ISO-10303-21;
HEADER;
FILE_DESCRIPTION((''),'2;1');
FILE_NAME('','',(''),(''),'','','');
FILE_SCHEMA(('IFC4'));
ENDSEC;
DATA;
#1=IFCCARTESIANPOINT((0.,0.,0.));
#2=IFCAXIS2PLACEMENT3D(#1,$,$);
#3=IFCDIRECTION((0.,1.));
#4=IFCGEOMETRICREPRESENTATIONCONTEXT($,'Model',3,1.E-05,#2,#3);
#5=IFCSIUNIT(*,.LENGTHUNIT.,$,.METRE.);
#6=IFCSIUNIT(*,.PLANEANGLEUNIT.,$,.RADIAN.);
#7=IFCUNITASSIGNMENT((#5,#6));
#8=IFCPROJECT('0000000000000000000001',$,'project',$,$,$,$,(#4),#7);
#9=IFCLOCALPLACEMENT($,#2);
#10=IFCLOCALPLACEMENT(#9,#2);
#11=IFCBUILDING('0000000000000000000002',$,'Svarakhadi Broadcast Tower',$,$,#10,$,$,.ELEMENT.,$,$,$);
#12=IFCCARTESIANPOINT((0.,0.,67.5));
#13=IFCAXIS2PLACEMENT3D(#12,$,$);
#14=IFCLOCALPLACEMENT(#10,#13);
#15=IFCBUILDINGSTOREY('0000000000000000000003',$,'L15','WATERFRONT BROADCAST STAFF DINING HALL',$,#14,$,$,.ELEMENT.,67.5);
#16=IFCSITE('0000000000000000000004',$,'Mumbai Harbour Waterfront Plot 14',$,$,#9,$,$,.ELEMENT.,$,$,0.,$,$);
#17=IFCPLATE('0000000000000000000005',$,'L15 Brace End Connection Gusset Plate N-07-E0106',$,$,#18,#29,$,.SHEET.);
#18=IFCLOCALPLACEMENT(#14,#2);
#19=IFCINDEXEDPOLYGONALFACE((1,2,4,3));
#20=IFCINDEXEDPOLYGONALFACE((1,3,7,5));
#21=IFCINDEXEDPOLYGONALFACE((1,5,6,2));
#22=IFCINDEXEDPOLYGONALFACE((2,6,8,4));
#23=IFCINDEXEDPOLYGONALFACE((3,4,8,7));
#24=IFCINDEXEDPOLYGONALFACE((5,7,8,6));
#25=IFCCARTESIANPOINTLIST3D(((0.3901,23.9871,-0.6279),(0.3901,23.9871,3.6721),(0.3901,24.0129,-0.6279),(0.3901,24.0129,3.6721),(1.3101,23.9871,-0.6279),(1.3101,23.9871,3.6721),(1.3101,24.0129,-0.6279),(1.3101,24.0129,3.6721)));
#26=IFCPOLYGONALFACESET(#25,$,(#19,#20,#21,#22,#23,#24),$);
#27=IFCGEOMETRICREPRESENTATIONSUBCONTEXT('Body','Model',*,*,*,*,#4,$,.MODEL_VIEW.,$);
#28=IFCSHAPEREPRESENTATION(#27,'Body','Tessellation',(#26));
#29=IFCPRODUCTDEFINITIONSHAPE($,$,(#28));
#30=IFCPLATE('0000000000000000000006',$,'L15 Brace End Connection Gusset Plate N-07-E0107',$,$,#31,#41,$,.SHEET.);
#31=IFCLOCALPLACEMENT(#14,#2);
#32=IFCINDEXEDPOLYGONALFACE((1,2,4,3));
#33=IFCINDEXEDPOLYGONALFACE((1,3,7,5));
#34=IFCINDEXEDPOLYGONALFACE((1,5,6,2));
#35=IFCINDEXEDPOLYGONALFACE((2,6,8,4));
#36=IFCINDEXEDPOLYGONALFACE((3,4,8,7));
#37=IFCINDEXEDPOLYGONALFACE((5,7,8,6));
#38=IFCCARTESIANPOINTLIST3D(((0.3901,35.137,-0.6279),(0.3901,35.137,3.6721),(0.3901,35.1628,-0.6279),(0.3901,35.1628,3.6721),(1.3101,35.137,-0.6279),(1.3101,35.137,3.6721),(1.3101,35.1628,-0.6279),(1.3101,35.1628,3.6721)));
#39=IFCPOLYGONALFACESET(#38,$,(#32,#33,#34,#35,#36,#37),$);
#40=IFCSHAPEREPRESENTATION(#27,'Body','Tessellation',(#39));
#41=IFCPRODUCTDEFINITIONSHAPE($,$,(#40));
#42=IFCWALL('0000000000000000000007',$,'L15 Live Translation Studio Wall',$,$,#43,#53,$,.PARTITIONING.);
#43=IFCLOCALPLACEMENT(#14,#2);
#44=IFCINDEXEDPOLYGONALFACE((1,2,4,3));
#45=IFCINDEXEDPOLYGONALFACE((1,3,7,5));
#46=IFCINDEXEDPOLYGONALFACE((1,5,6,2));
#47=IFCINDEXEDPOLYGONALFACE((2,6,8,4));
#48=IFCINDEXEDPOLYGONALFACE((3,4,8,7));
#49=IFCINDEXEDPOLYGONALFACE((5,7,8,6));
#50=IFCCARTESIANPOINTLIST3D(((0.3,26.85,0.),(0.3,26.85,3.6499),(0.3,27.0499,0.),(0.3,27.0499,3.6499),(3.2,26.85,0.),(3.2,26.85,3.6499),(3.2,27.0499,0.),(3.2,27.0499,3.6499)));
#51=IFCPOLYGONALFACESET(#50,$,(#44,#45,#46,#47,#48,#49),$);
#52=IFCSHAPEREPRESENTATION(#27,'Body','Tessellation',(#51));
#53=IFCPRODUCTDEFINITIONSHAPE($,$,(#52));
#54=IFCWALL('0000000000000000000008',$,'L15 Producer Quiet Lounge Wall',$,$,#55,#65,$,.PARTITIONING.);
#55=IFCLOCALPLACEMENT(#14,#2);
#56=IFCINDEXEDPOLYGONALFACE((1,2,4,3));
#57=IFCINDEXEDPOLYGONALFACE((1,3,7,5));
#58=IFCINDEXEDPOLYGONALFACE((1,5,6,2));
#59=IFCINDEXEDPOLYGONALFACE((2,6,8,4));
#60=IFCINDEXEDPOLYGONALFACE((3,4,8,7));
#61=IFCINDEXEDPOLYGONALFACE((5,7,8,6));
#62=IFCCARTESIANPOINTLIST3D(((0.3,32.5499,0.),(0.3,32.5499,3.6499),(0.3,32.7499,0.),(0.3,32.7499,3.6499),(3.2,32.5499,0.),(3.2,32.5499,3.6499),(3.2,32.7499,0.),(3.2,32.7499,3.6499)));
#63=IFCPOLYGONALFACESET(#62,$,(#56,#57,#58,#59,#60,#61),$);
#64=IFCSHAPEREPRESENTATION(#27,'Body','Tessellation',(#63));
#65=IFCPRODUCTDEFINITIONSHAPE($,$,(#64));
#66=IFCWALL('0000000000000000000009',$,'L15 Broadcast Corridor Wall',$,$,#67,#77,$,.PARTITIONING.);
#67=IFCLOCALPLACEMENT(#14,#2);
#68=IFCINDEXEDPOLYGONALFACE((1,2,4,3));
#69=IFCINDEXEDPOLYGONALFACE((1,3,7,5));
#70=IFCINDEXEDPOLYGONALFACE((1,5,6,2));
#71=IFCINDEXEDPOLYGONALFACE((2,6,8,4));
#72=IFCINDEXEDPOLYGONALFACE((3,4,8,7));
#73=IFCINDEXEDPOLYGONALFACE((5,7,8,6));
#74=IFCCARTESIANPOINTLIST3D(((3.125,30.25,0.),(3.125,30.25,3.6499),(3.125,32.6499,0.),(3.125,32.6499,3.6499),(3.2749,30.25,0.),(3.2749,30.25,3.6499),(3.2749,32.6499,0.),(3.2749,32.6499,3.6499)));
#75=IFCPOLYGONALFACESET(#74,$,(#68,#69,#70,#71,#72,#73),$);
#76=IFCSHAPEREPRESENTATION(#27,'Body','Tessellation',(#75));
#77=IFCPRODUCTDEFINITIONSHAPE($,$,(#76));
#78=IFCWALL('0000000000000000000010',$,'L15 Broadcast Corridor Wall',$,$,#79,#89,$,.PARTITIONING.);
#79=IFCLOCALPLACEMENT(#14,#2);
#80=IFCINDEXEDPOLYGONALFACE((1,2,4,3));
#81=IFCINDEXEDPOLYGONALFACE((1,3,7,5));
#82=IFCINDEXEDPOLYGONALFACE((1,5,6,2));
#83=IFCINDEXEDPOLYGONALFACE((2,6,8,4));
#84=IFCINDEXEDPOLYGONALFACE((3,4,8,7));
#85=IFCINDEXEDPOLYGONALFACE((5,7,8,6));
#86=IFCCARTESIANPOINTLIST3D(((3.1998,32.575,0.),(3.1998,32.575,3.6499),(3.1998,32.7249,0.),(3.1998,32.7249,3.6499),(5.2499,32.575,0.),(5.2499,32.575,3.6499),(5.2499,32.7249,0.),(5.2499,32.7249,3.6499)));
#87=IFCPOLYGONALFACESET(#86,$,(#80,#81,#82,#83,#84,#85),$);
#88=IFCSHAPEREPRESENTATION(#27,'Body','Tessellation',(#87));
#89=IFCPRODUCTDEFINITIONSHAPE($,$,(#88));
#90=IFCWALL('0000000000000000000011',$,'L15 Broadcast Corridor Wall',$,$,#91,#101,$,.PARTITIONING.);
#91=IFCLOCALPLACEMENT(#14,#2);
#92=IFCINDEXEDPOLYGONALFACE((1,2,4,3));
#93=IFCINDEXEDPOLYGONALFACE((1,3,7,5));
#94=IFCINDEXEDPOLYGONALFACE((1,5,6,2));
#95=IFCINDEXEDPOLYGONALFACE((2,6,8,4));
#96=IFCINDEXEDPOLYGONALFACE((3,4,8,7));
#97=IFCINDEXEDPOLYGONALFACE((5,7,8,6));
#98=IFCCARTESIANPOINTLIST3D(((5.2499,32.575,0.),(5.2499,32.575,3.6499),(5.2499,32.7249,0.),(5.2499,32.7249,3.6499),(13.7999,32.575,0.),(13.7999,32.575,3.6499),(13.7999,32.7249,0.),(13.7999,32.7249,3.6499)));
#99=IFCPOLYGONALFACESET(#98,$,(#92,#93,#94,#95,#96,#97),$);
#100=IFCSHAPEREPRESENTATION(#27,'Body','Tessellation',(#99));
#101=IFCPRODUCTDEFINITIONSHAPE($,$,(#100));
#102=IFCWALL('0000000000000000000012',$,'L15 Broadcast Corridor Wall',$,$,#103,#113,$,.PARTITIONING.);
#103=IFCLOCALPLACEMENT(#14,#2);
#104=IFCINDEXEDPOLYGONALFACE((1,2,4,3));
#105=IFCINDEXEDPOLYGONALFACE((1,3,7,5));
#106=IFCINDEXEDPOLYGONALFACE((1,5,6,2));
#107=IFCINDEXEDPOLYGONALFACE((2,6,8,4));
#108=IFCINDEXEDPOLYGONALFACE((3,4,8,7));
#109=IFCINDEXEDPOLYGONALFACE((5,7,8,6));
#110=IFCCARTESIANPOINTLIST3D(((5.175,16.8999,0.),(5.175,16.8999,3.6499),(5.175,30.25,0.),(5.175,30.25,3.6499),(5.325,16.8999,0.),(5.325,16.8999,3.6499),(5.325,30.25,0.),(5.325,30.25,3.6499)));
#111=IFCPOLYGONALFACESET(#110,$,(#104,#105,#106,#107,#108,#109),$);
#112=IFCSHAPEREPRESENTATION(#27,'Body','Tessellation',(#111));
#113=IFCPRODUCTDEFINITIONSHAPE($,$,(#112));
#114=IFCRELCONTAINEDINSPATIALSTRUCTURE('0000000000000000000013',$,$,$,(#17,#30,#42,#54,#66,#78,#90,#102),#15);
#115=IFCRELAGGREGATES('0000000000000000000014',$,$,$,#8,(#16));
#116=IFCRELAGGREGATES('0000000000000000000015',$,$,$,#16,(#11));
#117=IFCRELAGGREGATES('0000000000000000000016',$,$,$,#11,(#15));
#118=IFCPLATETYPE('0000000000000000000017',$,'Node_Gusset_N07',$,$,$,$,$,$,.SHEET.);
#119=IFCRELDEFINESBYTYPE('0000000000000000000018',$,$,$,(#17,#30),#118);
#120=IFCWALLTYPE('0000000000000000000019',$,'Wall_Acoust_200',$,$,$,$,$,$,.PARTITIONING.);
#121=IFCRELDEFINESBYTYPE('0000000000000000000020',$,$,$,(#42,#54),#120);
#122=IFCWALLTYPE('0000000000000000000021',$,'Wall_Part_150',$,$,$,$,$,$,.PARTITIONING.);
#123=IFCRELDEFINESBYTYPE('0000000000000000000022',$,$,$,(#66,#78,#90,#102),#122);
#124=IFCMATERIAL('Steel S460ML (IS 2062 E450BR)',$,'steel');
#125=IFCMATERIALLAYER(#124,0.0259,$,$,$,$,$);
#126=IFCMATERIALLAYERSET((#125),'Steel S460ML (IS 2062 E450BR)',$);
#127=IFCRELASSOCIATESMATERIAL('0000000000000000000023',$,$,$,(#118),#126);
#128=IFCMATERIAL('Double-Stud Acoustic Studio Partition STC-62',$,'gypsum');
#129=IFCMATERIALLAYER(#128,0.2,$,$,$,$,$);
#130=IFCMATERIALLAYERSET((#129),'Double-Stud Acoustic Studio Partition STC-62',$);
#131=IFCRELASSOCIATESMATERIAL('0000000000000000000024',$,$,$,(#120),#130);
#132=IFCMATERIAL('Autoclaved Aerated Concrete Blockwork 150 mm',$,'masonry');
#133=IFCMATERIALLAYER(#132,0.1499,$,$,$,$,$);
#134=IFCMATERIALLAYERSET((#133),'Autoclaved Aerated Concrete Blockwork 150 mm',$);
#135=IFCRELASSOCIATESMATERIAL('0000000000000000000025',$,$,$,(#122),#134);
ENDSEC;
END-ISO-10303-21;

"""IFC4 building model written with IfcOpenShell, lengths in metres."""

from ifc_helpers import new_model, si_unit, direction, frame, frame_2d, origin, origin_2d, place, context, subcontext, project, spatial, rectangle, extrude, material, layer, layer_set, type_object, element, save


model = new_model("IFC4")

# Units and contexts
model_context = context("Model", 3, precision=1e-05, world=origin(), true_north=direction((0.0, 1.0)))
body_context = subcontext(model_context, "Body", "Model", "MODEL_VIEW")
ifc_project = project(units=[si_unit("LENGTHUNIT", "METRE"), si_unit("PLANEANGLEUNIT", "RADIAN")], contexts=[model_context])

# Site, building, storey
site_placement = place(None, origin())
site = spatial("IfcSite", under=ifc_project, at=site_placement, Name="Mumbai Harbour Waterfront Plot 14", CompositionType="ELEMENT", RefElevation=0.0)
building_placement = place(site_placement, origin())
building = spatial("IfcBuilding", under=site, at=building_placement, Name="Svarakhadi Broadcast Tower", CompositionType="ELEMENT")
storey_placement = place(building_placement, frame((0.0, 0.0, 67.5)))
storey = spatial("IfcBuildingStorey", under=building, at=storey_placement, Name="L15", Description="WATERFRONT BROADCAST STAFF DINING HALL", CompositionType="ELEMENT", Elevation=67.5)

# Shared definitions
ifc_material_1 = material(Name="Steel S460ML (IS 2062 E450BR)", Category="steel")

# Plates
ifc_layer_1 = layer(ifc_material_1, 0.0259)
ifc_layer_set_1 = layer_set([ifc_layer_1], Name="Steel S460ML (IS 2062 E450BR)")
plate_type_1 = type_object("IfcPlateType", Name="Node_Gusset_N07", PredefinedType="SHEET", material=ifc_layer_set_1)
for number, where, z_axis, x_axis, name in (
    (1, (0.8501, 24.0, -0.6279), (0.0, 0.0, 1.0), (1.0, 0.0, 0.0), "L15 Brace End Connection Gusset Plate N-07-E0106"),
    (2, (0.8501, 35.1499, -0.6279), (0.0, 0.0, 1.0), (1.0, 0.0, 0.0), "L15 Brace End Connection Gusset Plate N-07-E0107"),
):
    element("IfcPlate", number, at=place(storey_placement, frame(where, z_axis=z_axis, x_axis=x_axis)), inside=storey, type_object=plate_type_1, Name=name, PredefinedType="SHEET", context=body_context, shape_type="SweptSolid", body=[
        extrude(rectangle(XDim=0.9199, YDim=0.0259, at=origin_2d()), origin(), (0.0, 0.0, 1.0), 4.3),
    ])

# Walls
ifc_material_2 = material(Name="Double-Stud Acoustic Studio Partition STC-62", Category="gypsum")
ifc_layer_2 = layer(ifc_material_2, 0.2)
ifc_layer_set_2 = layer_set([ifc_layer_2], Name="Double-Stud Acoustic Studio Partition STC-62")
wall_type_1 = type_object("IfcWallType", Name="Wall_Acoust_200", PredefinedType="PARTITIONING", material=ifc_layer_set_2)
for number, where, z_axis, x_axis, name in (
    (3, (0.3, 26.95, 0.0), (0.0, 0.0, 1.0), (1.0, 0.0, 0.0), "L15 Live Translation Studio Wall"),
    (4, (0.3, 32.6499, 0.0), (0.0, 0.0, 1.0), (1.0, 0.0, 0.0), "L15 Producer Quiet Lounge Wall"),
):
    element("IfcWall", number, at=place(storey_placement, frame(where, z_axis=z_axis, x_axis=x_axis)), inside=storey, type_object=wall_type_1, Name=name, PredefinedType="PARTITIONING", context=body_context, shape_type="SweptSolid", body=[
        extrude(rectangle(XDim=2.8999, YDim=0.2, at=frame_2d((1.45, 0.0))), origin(), (0.0, 0.0, 1.0), 3.6499),
    ])
ifc_material_3 = material(Name="Autoclaved Aerated Concrete Blockwork 150 mm", Category="masonry")
ifc_layer_3 = layer(ifc_material_3, 0.1499)
ifc_layer_set_3 = layer_set([ifc_layer_3], Name="Autoclaved Aerated Concrete Blockwork 150 mm")
wall_type_2 = type_object("IfcWallType", Name="Wall_Part_150", PredefinedType="PARTITIONING", material=ifc_layer_set_3)
wall_1_placement = place(storey_placement, frame((3.2, 30.25, 0.0), z_axis=(0.0, 0.0, 1.0), x_axis=(0.0, 1.0, 0.0)))
element("IfcWall", 5, at=wall_1_placement, inside=storey, type_object=wall_type_2, Name="L15 Broadcast Corridor Wall", PredefinedType="PARTITIONING", context=body_context, shape_type="SweptSolid", body=[
    extrude(rectangle(XDim=2.3999, YDim=0.1499, at=frame_2d((1.2, 0.0))), origin(), (0.0, 0.0, 1.0), 3.6499),
])
wall_2_placement = place(storey_placement, frame((3.2, 32.6499, 0.0), z_axis=(0.0, 0.0, 1.0), x_axis=(1.0, 0.0, 0.0)))
element("IfcWall", 6, at=wall_2_placement, inside=storey, type_object=wall_type_2, Name="L15 Broadcast Corridor Wall", PredefinedType="PARTITIONING", context=body_context, shape_type="SweptSolid", body=[
    extrude(rectangle(XDim=2.05, YDim=0.1499, at=frame_2d((1.0249, 0.0))), origin(), (0.0, 0.0, 1.0), 3.6499),
])
wall_3_placement = place(storey_placement, frame((5.25, 32.6499, 0.0), z_axis=(0.0, 0.0, 1.0), x_axis=(1.0, 0.0, 0.0)))
element("IfcWall", 7, at=wall_3_placement, inside=storey, type_object=wall_type_2, Name="L15 Broadcast Corridor Wall", PredefinedType="PARTITIONING", context=body_context, shape_type="SweptSolid", body=[
    extrude(rectangle(XDim=8.55, YDim=0.1499, at=frame_2d((4.2749, 0.0))), origin(), (0.0, 0.0, 1.0), 3.6499),
])
wall_4_placement = place(storey_placement, frame((5.25, 30.25, 0.0), z_axis=(0.0, 0.0, 1.0), x_axis=(0.0, -1.0, 0.0)))
element("IfcWall", 8, at=wall_4_placement, inside=storey, type_object=wall_type_2, Name="L15 Broadcast Corridor Wall", PredefinedType="PARTITIONING", context=body_context, shape_type="SweptSolid", body=[
    extrude(rectangle(XDim=13.3501, YDim=0.1499, at=frame_2d((6.675, 0.0))), origin(), (0.0, 0.0, 1.0), 3.6499),
])

save(model, "model.ifc")
